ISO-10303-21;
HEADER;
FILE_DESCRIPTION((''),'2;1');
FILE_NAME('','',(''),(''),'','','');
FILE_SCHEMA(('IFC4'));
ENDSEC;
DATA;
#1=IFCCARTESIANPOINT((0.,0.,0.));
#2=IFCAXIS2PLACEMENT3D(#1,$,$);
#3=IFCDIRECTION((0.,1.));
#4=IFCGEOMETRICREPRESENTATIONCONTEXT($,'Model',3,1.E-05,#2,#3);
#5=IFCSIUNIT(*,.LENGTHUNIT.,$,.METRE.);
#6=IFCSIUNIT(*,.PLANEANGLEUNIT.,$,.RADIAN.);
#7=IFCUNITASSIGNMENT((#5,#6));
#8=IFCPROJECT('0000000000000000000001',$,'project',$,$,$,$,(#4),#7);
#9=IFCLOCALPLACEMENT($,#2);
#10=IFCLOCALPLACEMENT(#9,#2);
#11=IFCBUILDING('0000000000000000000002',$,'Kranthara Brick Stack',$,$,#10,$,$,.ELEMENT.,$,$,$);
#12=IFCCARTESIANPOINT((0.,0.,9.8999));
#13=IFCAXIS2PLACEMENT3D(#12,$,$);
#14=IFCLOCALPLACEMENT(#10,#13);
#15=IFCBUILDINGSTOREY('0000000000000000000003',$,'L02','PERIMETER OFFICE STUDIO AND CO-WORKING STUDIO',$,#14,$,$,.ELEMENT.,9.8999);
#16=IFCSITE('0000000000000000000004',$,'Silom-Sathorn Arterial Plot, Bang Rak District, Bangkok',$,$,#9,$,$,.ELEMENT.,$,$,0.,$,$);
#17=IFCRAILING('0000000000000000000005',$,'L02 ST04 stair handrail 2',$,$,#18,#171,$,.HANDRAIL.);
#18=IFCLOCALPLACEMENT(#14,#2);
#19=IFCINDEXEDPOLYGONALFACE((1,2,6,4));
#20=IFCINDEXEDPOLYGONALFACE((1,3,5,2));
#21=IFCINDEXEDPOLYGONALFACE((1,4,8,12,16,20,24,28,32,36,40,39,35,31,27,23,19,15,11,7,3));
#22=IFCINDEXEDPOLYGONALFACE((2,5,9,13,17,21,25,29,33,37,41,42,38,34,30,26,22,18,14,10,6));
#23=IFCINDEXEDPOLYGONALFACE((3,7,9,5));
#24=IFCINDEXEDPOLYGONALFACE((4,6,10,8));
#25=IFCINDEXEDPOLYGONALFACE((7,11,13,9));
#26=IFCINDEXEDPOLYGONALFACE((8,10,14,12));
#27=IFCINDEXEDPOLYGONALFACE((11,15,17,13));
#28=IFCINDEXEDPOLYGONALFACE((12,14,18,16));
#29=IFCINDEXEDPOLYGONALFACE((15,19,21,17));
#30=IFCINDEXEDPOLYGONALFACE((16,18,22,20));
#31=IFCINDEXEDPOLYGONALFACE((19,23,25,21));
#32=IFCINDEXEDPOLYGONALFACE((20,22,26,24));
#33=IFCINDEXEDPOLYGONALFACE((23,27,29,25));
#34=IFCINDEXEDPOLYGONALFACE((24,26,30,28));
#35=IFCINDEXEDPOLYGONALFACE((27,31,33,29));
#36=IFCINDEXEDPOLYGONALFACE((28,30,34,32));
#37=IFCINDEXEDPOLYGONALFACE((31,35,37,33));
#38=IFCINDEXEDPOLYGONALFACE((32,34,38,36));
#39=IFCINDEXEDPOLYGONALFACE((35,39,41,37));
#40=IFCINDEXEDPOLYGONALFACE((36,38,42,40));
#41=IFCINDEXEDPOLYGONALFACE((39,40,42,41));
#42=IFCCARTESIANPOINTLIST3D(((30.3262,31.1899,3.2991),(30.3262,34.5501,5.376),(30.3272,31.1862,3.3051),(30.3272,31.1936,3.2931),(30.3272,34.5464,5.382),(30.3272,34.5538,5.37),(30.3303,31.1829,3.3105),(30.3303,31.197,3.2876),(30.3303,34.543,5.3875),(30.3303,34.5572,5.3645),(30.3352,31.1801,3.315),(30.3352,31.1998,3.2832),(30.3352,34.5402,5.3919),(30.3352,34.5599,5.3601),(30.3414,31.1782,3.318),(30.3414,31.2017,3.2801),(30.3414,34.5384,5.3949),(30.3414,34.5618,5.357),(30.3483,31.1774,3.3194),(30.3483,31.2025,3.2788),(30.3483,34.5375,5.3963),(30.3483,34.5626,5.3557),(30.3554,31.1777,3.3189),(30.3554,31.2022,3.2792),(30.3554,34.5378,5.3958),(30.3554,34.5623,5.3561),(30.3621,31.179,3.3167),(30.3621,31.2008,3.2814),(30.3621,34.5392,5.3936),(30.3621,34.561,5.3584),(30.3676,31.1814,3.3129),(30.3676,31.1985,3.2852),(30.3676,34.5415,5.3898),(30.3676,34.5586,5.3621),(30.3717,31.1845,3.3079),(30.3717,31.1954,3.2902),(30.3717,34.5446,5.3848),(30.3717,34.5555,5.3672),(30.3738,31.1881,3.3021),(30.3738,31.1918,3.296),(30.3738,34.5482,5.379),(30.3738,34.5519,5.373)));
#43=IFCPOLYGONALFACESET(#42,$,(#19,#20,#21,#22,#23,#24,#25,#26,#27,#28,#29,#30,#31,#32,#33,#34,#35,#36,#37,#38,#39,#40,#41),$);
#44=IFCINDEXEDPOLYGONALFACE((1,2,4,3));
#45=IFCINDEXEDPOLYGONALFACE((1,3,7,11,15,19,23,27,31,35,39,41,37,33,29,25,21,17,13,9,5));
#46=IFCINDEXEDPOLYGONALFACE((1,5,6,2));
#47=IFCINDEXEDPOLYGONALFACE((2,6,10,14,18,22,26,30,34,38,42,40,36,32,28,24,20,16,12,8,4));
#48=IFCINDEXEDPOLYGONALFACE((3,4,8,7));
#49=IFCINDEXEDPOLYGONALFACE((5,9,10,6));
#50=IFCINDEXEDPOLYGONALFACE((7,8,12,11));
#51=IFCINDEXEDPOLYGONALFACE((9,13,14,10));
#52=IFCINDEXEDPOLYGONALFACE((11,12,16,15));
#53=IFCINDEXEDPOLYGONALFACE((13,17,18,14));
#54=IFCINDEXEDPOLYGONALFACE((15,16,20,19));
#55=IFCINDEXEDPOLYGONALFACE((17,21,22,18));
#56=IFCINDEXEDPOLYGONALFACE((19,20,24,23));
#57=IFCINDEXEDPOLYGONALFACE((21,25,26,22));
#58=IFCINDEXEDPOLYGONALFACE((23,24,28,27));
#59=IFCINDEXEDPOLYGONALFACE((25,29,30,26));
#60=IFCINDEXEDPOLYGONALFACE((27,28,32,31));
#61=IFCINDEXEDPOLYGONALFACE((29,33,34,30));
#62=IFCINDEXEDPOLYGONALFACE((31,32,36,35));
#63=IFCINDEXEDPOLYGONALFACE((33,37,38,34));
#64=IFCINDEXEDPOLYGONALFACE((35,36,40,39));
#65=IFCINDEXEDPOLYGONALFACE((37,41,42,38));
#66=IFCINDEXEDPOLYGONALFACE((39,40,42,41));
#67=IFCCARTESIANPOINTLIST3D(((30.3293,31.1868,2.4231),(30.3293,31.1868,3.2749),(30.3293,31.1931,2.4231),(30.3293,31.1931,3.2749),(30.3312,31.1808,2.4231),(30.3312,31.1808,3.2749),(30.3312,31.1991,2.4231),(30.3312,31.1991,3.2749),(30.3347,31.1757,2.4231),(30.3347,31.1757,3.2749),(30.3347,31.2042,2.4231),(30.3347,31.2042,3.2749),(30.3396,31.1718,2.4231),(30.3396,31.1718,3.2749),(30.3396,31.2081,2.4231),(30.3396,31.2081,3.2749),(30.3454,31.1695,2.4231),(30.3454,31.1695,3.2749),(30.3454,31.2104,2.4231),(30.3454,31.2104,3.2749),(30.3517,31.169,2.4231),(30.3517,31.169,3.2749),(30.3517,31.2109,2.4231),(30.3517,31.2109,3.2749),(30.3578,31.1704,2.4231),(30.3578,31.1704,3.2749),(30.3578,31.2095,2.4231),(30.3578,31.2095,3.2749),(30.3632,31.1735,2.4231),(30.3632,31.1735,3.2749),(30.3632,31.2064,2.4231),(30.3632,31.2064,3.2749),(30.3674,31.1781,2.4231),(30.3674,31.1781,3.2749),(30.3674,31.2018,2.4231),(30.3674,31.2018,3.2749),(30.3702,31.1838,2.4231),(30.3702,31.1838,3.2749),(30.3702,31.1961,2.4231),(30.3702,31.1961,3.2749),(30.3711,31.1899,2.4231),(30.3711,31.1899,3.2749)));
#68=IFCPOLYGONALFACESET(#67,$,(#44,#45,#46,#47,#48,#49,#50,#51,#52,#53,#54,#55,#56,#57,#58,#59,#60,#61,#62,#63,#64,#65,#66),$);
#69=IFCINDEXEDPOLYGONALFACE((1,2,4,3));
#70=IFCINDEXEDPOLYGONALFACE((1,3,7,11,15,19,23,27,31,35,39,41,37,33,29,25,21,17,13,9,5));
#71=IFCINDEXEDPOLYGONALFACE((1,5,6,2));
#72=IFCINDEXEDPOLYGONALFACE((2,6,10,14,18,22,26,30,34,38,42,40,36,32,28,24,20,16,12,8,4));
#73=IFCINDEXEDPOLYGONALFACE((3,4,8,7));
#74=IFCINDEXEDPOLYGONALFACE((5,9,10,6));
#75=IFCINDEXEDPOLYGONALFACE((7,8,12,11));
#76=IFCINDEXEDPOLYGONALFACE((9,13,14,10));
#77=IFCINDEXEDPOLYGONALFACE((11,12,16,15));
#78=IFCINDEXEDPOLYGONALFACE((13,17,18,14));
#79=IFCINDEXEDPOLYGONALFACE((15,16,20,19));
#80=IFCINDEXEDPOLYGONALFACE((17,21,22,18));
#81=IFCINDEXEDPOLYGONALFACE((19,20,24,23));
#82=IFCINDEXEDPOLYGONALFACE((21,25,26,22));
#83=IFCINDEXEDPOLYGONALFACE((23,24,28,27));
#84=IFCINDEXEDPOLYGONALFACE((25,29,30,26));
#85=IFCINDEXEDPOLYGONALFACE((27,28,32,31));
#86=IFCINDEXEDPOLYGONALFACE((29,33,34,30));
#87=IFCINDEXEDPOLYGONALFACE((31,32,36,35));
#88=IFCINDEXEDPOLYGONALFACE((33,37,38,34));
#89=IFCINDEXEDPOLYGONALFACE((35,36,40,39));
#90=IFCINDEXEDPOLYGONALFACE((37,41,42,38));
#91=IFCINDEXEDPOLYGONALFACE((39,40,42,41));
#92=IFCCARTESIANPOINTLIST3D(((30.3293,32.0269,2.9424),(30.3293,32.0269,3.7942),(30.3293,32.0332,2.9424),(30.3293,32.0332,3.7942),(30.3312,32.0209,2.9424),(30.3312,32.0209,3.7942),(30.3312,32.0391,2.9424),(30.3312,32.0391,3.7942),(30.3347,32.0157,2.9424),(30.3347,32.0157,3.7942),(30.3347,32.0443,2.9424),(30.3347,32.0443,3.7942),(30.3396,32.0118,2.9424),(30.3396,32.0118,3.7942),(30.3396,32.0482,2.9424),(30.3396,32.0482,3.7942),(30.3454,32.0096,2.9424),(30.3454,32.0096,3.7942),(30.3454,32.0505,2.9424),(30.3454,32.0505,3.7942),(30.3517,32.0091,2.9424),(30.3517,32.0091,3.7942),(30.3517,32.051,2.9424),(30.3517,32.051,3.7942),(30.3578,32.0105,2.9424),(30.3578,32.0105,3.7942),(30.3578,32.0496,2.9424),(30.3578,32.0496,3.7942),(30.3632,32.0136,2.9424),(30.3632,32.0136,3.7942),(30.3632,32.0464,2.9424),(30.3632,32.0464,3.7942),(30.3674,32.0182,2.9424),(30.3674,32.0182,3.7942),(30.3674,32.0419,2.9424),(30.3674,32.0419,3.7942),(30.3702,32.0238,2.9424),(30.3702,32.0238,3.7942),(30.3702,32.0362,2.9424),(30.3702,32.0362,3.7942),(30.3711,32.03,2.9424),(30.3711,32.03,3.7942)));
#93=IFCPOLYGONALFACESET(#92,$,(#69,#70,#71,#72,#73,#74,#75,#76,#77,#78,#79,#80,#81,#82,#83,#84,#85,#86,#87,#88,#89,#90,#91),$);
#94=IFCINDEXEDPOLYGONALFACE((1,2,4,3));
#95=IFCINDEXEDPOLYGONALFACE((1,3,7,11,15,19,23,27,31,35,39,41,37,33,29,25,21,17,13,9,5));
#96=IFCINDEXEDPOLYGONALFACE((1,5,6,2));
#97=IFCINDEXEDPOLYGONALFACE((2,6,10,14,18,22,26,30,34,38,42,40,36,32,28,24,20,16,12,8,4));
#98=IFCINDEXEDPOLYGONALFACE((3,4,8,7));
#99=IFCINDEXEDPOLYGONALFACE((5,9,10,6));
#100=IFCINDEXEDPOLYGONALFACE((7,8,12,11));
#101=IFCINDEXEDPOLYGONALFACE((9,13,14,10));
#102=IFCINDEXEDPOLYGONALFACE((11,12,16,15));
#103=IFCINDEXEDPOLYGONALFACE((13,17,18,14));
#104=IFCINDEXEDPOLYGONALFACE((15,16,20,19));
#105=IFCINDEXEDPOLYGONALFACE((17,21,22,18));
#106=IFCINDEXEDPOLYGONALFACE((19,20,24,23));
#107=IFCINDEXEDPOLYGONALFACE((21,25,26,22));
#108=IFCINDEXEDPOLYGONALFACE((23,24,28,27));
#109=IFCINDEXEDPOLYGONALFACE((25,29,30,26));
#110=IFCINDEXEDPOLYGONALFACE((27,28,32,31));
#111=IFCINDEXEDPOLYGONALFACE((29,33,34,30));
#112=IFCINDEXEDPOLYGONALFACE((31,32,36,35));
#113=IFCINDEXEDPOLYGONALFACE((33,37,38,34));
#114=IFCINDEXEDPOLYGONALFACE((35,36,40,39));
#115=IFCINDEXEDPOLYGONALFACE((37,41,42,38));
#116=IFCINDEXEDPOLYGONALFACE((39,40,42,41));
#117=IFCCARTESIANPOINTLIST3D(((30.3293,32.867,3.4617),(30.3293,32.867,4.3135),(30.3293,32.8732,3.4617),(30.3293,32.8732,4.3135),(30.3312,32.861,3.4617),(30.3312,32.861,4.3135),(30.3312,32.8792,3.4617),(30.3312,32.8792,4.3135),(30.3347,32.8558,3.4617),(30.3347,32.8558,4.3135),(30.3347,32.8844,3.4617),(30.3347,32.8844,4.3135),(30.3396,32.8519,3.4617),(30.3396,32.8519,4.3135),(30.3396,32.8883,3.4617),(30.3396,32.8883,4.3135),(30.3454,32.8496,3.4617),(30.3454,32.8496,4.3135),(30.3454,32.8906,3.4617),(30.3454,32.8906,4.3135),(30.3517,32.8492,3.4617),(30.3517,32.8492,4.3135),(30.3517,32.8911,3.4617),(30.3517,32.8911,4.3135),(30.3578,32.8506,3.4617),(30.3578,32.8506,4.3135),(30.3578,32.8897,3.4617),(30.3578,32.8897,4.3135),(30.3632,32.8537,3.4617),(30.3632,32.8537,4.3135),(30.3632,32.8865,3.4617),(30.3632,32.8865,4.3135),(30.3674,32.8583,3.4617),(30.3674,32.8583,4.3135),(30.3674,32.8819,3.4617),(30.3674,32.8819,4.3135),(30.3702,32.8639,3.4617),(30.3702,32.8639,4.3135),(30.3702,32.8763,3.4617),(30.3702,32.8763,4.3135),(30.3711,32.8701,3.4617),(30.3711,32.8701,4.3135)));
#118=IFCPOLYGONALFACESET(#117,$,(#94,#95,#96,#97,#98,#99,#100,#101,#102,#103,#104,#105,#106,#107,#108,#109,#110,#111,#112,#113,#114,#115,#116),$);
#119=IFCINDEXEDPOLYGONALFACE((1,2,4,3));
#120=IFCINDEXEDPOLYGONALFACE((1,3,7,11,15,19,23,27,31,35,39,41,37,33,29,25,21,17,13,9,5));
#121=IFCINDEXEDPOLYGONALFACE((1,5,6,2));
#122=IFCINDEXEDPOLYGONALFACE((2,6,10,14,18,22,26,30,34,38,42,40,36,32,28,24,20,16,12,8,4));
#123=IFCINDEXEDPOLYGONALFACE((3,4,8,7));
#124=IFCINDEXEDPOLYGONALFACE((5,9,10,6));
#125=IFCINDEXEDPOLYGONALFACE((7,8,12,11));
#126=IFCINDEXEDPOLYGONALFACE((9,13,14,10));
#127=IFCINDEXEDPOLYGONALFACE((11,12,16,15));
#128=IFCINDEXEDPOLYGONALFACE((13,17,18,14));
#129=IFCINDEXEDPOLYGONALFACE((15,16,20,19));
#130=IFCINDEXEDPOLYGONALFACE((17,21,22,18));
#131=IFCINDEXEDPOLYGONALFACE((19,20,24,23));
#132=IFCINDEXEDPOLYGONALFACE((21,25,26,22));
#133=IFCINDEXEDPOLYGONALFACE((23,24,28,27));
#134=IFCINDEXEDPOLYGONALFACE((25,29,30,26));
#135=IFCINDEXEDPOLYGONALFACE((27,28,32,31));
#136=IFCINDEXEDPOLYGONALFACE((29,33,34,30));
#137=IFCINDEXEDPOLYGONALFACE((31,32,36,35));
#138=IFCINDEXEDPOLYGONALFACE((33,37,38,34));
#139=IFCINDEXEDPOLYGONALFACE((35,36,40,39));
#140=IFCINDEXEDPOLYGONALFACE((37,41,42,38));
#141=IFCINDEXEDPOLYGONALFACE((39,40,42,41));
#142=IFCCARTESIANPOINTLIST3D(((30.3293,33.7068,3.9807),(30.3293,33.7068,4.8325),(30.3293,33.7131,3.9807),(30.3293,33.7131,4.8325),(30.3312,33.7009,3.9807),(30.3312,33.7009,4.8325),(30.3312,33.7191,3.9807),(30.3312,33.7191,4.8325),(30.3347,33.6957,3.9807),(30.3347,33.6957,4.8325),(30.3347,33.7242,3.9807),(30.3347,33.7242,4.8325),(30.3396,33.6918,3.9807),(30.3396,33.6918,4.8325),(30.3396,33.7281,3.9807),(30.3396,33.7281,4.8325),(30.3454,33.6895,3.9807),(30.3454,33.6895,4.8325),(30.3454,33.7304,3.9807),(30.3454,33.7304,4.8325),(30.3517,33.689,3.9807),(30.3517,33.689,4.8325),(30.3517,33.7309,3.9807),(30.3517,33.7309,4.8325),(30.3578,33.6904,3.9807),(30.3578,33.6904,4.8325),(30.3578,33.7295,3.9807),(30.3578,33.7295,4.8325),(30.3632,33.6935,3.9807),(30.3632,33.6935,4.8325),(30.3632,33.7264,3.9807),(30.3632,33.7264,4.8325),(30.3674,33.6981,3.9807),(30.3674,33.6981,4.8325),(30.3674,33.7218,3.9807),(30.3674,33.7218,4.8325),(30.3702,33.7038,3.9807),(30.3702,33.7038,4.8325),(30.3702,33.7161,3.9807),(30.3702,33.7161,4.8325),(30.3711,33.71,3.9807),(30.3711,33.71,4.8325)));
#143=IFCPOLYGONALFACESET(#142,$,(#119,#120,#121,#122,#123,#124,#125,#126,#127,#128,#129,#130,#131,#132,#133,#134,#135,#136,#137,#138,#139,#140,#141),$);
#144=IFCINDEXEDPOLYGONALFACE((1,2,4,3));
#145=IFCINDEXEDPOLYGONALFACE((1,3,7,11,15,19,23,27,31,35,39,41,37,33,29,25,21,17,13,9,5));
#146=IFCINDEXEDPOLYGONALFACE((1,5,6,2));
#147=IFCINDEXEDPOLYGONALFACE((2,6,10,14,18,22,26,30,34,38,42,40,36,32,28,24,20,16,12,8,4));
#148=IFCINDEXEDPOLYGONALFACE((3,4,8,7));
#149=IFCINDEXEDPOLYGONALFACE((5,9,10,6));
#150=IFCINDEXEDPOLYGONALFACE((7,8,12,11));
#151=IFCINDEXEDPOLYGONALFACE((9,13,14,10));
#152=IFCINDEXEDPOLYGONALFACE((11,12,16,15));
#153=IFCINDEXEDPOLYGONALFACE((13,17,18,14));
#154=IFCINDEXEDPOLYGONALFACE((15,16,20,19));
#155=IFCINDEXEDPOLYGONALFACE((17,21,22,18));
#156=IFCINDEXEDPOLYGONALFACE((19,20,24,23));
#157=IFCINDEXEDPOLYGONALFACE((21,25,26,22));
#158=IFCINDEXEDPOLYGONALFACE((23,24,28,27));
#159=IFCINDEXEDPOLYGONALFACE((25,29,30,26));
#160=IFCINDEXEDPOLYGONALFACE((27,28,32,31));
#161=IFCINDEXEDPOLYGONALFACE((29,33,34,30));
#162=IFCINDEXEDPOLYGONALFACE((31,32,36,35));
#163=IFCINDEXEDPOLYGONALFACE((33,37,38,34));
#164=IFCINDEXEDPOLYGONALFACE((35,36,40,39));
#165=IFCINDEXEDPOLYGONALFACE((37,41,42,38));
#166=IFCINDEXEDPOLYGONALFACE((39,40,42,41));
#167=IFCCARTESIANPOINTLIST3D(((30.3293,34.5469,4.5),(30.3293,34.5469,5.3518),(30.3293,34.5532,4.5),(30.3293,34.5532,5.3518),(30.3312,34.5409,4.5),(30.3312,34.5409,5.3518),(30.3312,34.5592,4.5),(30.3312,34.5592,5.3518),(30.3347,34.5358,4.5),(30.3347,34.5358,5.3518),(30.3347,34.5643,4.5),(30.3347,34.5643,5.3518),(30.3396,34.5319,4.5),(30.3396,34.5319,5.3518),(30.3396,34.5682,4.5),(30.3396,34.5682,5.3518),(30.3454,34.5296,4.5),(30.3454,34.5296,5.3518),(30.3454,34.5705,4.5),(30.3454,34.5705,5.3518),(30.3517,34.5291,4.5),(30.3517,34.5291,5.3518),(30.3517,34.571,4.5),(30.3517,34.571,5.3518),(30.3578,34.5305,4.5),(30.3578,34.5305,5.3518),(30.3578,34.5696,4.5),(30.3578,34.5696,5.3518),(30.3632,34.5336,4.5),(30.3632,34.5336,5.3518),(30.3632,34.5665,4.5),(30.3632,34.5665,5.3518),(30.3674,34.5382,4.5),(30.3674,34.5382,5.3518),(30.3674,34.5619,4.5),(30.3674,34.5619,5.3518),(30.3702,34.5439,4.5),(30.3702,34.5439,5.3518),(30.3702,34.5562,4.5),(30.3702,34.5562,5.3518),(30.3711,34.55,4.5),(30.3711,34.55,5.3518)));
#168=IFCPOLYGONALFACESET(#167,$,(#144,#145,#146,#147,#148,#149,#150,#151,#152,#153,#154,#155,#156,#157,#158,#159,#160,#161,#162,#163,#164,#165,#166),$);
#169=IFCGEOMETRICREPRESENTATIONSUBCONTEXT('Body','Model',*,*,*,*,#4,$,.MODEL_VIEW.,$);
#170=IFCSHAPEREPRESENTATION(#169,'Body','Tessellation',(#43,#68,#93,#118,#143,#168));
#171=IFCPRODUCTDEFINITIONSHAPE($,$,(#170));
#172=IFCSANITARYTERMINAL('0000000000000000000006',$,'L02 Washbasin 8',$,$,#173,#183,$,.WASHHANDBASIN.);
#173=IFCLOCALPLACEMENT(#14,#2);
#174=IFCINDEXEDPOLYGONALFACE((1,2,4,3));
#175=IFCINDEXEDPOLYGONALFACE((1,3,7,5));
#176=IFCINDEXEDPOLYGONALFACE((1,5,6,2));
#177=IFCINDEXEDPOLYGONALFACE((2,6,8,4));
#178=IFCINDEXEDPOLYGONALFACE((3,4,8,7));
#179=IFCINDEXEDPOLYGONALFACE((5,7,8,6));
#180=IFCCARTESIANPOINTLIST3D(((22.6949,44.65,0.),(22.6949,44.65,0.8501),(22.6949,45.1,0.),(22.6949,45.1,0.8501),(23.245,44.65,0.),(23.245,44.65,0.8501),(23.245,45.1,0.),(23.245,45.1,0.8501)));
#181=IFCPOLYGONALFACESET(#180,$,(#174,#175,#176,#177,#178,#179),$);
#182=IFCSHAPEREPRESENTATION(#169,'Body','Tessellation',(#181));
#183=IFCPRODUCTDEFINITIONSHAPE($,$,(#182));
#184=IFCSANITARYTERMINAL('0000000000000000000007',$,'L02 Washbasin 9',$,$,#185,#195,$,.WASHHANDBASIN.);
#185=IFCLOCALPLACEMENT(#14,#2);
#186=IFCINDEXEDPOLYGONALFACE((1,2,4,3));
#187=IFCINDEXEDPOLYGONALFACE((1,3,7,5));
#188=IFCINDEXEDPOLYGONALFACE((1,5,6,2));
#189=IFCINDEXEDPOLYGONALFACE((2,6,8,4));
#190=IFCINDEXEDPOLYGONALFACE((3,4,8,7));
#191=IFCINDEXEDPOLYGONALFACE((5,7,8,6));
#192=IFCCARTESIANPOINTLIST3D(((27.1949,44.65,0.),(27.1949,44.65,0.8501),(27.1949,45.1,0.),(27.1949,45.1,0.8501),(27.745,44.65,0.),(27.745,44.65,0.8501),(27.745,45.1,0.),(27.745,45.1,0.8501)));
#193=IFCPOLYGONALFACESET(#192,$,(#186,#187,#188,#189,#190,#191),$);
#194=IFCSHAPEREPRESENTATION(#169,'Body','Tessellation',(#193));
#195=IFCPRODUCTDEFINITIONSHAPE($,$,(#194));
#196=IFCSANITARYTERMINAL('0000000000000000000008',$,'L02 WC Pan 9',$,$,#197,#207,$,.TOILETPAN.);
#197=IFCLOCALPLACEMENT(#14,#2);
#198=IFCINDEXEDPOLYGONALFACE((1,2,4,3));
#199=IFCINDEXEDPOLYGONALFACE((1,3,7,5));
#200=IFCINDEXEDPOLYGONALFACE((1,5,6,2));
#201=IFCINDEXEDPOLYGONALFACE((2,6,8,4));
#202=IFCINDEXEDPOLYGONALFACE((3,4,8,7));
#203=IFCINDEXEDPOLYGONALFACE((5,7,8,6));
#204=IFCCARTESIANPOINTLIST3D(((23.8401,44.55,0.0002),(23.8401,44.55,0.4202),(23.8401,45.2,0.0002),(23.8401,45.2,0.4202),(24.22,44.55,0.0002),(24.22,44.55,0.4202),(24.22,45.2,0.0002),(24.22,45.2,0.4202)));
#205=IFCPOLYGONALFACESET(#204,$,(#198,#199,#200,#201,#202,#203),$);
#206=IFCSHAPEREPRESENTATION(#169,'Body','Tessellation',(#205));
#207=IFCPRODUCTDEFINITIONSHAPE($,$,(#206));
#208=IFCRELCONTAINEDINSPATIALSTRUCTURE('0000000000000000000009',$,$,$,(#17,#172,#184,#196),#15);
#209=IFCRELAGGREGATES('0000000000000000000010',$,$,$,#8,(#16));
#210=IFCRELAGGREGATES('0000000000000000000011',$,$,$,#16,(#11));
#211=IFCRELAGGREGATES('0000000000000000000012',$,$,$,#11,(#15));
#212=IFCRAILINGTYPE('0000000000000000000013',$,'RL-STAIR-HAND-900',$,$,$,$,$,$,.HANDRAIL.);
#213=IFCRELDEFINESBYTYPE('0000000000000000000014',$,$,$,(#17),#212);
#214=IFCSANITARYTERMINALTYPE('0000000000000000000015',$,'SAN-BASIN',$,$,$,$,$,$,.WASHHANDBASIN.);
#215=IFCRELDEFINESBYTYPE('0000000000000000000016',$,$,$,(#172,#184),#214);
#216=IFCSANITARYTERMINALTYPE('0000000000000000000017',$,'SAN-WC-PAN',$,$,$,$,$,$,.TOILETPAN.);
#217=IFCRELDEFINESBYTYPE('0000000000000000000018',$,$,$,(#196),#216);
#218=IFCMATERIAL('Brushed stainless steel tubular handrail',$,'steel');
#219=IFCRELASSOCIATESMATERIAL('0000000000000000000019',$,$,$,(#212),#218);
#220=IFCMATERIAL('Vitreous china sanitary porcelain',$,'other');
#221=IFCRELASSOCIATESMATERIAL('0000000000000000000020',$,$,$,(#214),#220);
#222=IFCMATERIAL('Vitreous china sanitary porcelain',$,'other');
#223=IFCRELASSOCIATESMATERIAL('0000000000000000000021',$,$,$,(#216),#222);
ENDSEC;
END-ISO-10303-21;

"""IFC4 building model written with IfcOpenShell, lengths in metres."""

from ifc_helpers import new_model, si_unit, direction, frame, origin, origin_2d, place, context, subcontext, project, spatial, rectangle, circle, extrude, material, type_object, element, save


model = new_model("IFC4")

# Units and contexts
model_context = context("Model", 3, precision=1e-05, world=origin(), true_north=direction((0.0, 1.0)))
body_context = subcontext(model_context, "Body", "Model", "MODEL_VIEW")
ifc_project = project(units=[si_unit("LENGTHUNIT", "METRE"), si_unit("PLANEANGLEUNIT", "RADIAN")], contexts=[model_context])

# Site, building, storey
site_placement = place(None, origin())
site = spatial("IfcSite", under=ifc_project, at=site_placement, Name="Silom-Sathorn Arterial Plot, Bang Rak District, Bangkok", CompositionType="ELEMENT", RefElevation=0.0)
building_placement = place(site_placement, origin())
building = spatial("IfcBuilding", under=site, at=building_placement, Name="Kranthara Brick Stack", CompositionType="ELEMENT")
storey_placement = place(building_placement, frame((0.0, 0.0, 9.8999)))
storey = spatial("IfcBuildingStorey", under=building, at=storey_placement, Name="L02", Description="PERIMETER OFFICE STUDIO AND CO-WORKING STUDIO", CompositionType="ELEMENT", Elevation=9.8999)

# Railing
ifc_material_1 = material(Name="Brushed stainless steel tubular handrail", Category="steel")
railing_type_1 = type_object("IfcRailingType", Name="RL-STAIR-HAND-900", PredefinedType="HANDRAIL", material=ifc_material_1)
railing_1_placement = place(storey_placement, frame((30.3501, 31.1899, 2.4231)))
element("IfcRailing", 1, at=railing_1_placement, inside=storey, type_object=railing_type_1, Name="L02 ST04 stair handrail 2", PredefinedType="HANDRAIL", context=body_context, shape_type="SweptSolid", body=[
    extrude(circle(Radius=0.0239, at=origin_2d()), frame((0.0, 0.0, 0.876), z_axis=(0.0, 0.850623, 0.525776), x_axis=(-1.0, 0.0, 0.0)), (0.0, 0.0, 1.0), 3.9502),
    extrude(circle(Radius=0.021, at=origin_2d()), origin(), (0.0, 0.0, 1.0), 0.8518),
    extrude(circle(Radius=0.021, at=origin_2d()), frame((0.0, 0.8401, 0.5193)), (0.0, 0.0, 1.0), 0.8518),
    extrude(circle(Radius=0.021, at=origin_2d()), frame((0.0, 1.6802, 1.0386)), (0.0, 0.0, 1.0), 0.8518),
    extrude(circle(Radius=0.021, at=origin_2d()), frame((0.0, 2.52, 1.5576)), (0.0, 0.0, 1.0), 0.8518),
    extrude(circle(Radius=0.021, at=origin_2d()), frame((0.0, 3.3601, 2.0769)), (0.0, 0.0, 1.0), 0.8518),
])

# Sanitary terminals
ifc_material_2 = material(Name="Vitreous china sanitary porcelain", Category="other")
sanitary_terminal_type_1 = type_object("IfcSanitaryTerminalType", Name="SAN-BASIN", PredefinedType="WASHHANDBASIN", material=ifc_material_2)
for number, where, z_axis, x_axis, name in (
    (2, (22.97, 44.875, 0.0), (0.0, 0.0, 1.0), (1.0, 0.0, 0.0), "L02 Washbasin 8"),
    (3, (27.47, 44.875, 0.0), (0.0, 0.0, 1.0), (1.0, 0.0, 0.0), "L02 Washbasin 9"),
):
    element("IfcSanitaryTerminal", number, at=place(storey_placement, frame(where, z_axis=z_axis, x_axis=x_axis)), inside=storey, type_object=sanitary_terminal_type_1, Name=name, PredefinedType="WASHHANDBASIN", context=body_context, shape_type="SweptSolid", body=[
        extrude(rectangle(XDim=0.55, YDim=0.45, at=origin_2d()), origin(), (0.0, 0.0, 1.0), 0.8501),
    ])
ifc_material_3 = material(Name="Vitreous china sanitary porcelain", Category="other")
sanitary_terminal_type_2 = type_object("IfcSanitaryTerminalType", Name="SAN-WC-PAN", PredefinedType="TOILETPAN", material=ifc_material_3)
sanitary_terminal_placement = place(storey_placement, frame((24.03, 44.875, 0.0002), z_axis=(0.0, 0.0, 1.0), x_axis=(1.0, 0.0, 0.0)))
element("IfcSanitaryTerminal", 4, at=sanitary_terminal_placement, inside=storey, type_object=sanitary_terminal_type_2, Name="L02 WC Pan 9", PredefinedType="TOILETPAN", context=body_context, shape_type="SweptSolid", body=[
    extrude(rectangle(XDim=0.3799, YDim=0.6499, at=origin_2d()), origin(), (0.0, 0.0, 1.0), 0.4199),
])

save(model, "model.ifc")
